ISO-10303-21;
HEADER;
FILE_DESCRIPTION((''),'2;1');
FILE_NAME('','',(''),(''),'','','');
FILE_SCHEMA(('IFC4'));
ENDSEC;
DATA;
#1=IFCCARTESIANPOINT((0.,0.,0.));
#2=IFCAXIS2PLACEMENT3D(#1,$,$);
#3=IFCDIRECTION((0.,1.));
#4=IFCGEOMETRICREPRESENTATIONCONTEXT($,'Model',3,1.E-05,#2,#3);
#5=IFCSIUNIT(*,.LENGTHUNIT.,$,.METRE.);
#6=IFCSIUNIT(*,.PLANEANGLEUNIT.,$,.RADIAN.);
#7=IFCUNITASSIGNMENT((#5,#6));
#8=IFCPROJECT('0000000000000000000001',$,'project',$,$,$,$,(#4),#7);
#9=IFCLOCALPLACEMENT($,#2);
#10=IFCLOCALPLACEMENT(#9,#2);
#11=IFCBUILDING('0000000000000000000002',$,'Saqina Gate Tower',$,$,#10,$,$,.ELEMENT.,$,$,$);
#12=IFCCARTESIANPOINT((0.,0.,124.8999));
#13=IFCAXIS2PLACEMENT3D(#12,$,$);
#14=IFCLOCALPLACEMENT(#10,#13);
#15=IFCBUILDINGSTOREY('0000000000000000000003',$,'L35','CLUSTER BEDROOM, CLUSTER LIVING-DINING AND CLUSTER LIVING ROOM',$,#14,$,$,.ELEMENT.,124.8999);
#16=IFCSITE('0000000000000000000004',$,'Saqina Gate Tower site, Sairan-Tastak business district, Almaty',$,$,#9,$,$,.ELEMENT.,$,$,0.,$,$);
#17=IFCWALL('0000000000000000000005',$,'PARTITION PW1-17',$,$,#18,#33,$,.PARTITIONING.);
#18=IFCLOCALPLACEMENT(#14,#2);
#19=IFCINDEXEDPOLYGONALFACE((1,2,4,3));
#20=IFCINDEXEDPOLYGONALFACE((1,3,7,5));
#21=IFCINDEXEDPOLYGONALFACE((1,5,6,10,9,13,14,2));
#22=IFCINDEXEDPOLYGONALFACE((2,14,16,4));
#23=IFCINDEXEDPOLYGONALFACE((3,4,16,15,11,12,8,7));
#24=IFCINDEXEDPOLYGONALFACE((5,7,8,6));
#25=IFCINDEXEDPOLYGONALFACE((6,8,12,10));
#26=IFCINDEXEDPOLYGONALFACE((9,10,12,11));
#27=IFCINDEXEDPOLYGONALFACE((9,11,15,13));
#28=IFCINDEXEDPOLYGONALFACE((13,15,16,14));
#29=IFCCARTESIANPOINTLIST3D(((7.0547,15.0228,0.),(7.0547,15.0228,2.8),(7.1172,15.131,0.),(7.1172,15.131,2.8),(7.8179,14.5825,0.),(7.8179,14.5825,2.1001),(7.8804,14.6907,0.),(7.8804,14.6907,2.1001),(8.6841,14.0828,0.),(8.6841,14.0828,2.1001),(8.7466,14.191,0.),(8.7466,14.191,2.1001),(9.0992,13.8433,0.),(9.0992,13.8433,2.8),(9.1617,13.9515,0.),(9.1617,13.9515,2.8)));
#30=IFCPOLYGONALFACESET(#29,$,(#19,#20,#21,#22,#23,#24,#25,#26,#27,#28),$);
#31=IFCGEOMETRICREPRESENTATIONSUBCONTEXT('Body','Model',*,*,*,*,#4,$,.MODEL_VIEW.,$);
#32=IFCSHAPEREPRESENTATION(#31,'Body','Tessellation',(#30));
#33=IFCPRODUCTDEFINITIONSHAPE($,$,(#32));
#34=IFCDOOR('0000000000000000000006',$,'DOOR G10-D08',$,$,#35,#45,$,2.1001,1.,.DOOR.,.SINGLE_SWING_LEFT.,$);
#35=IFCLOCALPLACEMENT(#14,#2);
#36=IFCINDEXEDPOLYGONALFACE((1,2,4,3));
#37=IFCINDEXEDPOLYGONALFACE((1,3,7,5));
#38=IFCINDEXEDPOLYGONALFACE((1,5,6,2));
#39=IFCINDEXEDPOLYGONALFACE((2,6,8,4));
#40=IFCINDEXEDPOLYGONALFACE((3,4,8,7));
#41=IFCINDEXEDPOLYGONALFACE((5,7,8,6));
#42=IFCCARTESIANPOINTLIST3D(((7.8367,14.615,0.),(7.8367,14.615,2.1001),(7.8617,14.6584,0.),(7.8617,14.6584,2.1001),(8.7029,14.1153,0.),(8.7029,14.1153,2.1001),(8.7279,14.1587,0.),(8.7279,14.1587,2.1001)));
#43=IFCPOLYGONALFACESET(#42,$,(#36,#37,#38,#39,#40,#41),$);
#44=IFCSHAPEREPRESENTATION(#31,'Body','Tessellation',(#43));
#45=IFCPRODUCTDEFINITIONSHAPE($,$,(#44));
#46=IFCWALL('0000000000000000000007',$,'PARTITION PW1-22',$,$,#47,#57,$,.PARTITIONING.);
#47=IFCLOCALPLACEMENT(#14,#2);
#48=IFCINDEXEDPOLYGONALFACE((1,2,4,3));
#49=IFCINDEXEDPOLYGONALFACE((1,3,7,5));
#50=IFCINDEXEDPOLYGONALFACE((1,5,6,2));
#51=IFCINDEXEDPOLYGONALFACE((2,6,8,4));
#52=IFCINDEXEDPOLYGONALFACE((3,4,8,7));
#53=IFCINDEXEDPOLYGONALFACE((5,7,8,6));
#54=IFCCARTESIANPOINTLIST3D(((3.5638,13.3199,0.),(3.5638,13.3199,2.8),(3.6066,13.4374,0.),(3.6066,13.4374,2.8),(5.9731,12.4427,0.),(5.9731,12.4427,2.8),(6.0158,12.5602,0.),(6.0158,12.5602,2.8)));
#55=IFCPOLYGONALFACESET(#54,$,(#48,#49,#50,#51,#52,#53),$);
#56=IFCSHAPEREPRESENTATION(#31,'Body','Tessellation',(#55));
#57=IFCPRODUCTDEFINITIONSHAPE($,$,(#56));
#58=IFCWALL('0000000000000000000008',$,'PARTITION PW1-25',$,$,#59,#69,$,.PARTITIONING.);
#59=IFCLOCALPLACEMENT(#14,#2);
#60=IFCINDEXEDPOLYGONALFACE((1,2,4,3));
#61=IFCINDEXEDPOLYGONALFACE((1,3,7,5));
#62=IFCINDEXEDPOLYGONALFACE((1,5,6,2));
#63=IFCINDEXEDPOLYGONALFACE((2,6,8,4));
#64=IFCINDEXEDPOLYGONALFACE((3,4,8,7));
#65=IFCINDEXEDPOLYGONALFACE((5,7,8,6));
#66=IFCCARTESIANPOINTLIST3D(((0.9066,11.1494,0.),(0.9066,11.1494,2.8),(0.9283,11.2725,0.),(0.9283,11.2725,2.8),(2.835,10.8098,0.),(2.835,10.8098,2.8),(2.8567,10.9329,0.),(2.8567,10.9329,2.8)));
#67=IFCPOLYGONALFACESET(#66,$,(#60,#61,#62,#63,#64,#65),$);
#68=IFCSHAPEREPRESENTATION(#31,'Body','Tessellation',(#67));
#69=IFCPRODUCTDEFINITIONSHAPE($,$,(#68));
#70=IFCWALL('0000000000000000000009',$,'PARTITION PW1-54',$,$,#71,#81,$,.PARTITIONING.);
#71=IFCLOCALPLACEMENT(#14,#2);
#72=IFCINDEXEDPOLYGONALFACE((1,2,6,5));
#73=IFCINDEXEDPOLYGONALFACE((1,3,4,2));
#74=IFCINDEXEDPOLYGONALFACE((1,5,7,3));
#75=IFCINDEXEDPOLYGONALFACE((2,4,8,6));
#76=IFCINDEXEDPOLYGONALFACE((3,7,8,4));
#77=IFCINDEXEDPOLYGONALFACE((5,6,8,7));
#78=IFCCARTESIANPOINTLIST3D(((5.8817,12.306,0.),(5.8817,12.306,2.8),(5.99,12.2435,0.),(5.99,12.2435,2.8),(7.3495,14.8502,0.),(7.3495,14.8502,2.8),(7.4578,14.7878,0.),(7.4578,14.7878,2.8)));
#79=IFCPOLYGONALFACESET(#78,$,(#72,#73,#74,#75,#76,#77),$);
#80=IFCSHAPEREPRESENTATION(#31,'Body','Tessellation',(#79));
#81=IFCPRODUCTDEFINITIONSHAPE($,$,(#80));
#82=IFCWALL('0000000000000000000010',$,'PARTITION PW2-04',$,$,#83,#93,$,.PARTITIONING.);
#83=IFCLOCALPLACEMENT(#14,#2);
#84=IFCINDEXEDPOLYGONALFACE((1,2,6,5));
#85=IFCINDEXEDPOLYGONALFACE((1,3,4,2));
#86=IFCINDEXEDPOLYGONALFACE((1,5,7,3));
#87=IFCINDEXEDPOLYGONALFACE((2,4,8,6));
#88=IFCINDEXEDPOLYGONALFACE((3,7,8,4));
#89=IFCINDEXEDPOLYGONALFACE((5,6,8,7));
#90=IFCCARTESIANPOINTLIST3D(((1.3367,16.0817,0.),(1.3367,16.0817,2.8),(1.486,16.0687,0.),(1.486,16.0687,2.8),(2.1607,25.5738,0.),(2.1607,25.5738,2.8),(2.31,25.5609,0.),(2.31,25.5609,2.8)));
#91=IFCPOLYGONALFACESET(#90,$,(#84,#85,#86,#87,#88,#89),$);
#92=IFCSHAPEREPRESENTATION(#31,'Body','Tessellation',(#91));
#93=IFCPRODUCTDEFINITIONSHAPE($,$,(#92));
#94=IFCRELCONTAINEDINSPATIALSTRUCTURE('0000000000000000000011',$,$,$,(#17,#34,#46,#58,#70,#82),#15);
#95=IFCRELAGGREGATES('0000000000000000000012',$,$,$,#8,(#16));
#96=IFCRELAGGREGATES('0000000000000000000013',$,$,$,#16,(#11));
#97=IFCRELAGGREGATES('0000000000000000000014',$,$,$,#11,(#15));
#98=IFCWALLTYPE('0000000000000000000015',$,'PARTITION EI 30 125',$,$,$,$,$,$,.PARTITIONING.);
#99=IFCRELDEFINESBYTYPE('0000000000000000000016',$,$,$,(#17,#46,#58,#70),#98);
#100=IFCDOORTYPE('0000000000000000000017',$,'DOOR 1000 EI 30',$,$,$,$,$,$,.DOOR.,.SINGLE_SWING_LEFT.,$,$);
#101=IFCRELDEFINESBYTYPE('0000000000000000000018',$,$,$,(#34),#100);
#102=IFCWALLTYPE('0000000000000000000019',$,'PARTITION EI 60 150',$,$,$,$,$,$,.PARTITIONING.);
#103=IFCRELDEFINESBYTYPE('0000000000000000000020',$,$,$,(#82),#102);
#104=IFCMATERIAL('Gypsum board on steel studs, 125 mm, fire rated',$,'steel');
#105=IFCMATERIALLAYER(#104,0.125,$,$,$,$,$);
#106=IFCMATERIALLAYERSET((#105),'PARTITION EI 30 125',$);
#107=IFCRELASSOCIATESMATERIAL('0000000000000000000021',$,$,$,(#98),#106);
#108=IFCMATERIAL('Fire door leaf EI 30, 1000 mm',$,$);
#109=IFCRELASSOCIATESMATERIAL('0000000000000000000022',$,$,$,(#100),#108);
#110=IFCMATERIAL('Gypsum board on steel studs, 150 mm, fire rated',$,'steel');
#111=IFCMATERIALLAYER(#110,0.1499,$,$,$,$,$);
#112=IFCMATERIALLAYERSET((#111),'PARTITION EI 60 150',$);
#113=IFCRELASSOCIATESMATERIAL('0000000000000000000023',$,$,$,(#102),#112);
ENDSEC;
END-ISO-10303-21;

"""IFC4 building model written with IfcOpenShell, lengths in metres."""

from ifc_helpers import new_model, si_unit, direction, frame, frame_2d, origin, place, context, subcontext, project, spatial, rectangle, extrude, material, layer, layer_set, type_object, element, fill, save


model = new_model("IFC4")

# Units and contexts
model_context = context("Model", 3, precision=1e-05, world=origin(), true_north=direction((0.0, 1.0)))
body_context = subcontext(model_context, "Body", "Model", "MODEL_VIEW")
ifc_project = project(units=[si_unit("LENGTHUNIT", "METRE"), si_unit("PLANEANGLEUNIT", "RADIAN")], contexts=[model_context])

# Site, building, storey
site_placement = place(None, origin())
site = spatial("IfcSite", under=ifc_project, at=site_placement, Name="Saqina Gate Tower site, Sairan-Tastak business district, Almaty", CompositionType="ELEMENT", RefElevation=0.0)
building_placement = place(site_placement, origin())
building = spatial("IfcBuilding", under=site, at=building_placement, Name="Saqina Gate Tower", CompositionType="ELEMENT")
storey_placement = place(building_placement, frame((0.0, 0.0, 124.8999)))
storey = spatial("IfcBuildingStorey", under=building, at=storey_placement, Name="L35", Description="CLUSTER BEDROOM, CLUSTER LIVING-DINING AND CLUSTER LIVING ROOM", CompositionType="ELEMENT", Elevation=124.8999)

# Shared definitions
ifc_material_1 = material(Name="Gypsum board on steel studs, 125 mm, fire rated", Category="steel")
ifc_layer_1 = layer(ifc_material_1, 0.125)
ifc_layer_set_1 = layer_set([ifc_layer_1], Name="PARTITION EI 30 125")
wall_type_1 = type_object("IfcWallType", Name="PARTITION EI 30 125", PredefinedType="PARTITIONING", material=ifc_layer_set_1)

# Wall, opening, door
wall_1_placement = place(storey_placement, frame((7.0859, 15.0769, 0.0), z_axis=(0.0, 0.0, 1.0), x_axis=(0.866192, -0.499711, 0.0)))
wall_1 = element("IfcWall", 1, at=wall_1_placement, inside=storey, type_object=wall_type_1, Name="PARTITION PW1-17", PredefinedType="PARTITIONING", context=body_context, shape_type="SweptSolid", body=[
    extrude(rectangle(XDim=2.3604, YDim=0.125, at=frame_2d((1.1802, 0.0))), origin(), (0.0, 0.0, 1.0), 2.8),
])
opening_1_placement = place(wall_1_placement, frame((0.8811, 0.0, 0.0)))
opening_1 = element("IfcOpeningElement", 2, at=opening_1_placement, cuts=wall_1, PredefinedType="OPENING", context=body_context, shape_type="SweptSolid", body=[
    extrude(rectangle(XDim=1.0, YDim=2.1001, at=frame_2d((0.5, 1.05))), frame((0.0, 0.0745, 0.0), z_axis=(0.0, -1.0, 0.0), x_axis=(1.0, 0.0, 0.0)), (0.0, 0.0, 1.0), 0.1489),
])
ifc_material_2 = material(Name="Fire door leaf EI 30, 1000 mm")
door_type_1 = type_object("IfcDoorType", Name="DOOR 1000 EI 30", OperationType="SINGLE_SWING_LEFT", PredefinedType="DOOR", material=ifc_material_2)
door_1_placement = place(opening_1_placement, frame((1.0, 0.0, 0.0), z_axis=(0.0, 0.0, 1.0), x_axis=(-1.0, 0.0, 0.0)))
door_1 = element("IfcDoor", 3, at=door_1_placement, inside=storey, type_object=door_type_1, Name="DOOR G10-D08", OperationType="SINGLE_SWING_LEFT", OverallHeight=2.1001, OverallWidth=1.0, PredefinedType="DOOR", context=body_context, shape_type="SweptSolid", body=[
    extrude(rectangle(XDim=1.0, YDim=2.1001, at=frame_2d((0.5, 1.05))), frame((0.0, 0.0249, 0.0), z_axis=(0.0, -1.0, 0.0), x_axis=(1.0, 0.0, 0.0)), (0.0, 0.0, 1.0), 0.05),
])
fill(opening_1, door_1)

# Walls
wall_2_placement = place(storey_placement, frame((3.5852, 13.3787, 0.0), z_axis=(0.0, 0.0, 1.0), x_axis=(0.939652, -0.342133, 0.0)))
element("IfcWall", 4, at=wall_2_placement, inside=storey, type_object=wall_type_1, Name="PARTITION PW1-22", PredefinedType="PARTITIONING", context=body_context, shape_type="SweptSolid", body=[
    extrude(rectangle(XDim=2.564, YDim=0.125, at=frame_2d((1.282, 0.0))), origin(), (0.0, 0.0, 1.0), 2.8),
])
wall_3_placement = place(storey_placement, frame((0.9175, 11.2109, 0.0), z_axis=(0.0, 0.0, 1.0), x_axis=(0.984843, -0.173451, 0.0)))
element("IfcWall", 5, at=wall_3_placement, inside=storey, type_object=wall_type_1, Name="PARTITION PW1-25", PredefinedType="PARTITIONING", context=body_context, shape_type="SweptSolid", body=[
    extrude(rectangle(XDim=1.958, YDim=0.125, at=frame_2d((0.979, 0.0))), origin(), (0.0, 0.0, 1.0), 2.8),
])
wall_4_placement = place(storey_placement, frame((5.9358, 12.2747, 0.0), z_axis=(0.0, 0.0, 1.0), x_axis=(0.499715, 0.86619, 0.0)))
element("IfcWall", 6, at=wall_4_placement, inside=storey, type_object=wall_type_1, Name="PARTITION PW1-54", PredefinedType="PARTITIONING", context=body_context, shape_type="SweptSolid", body=[
    extrude(rectangle(XDim=2.9373, YDim=0.125, at=frame_2d((1.4688, 0.0))), origin(), (0.0, 0.0, 1.0), 2.8),
])
ifc_material_3 = material(Name="Gypsum board on steel studs, 150 mm, fire rated", Category="steel")
ifc_layer_2 = layer(ifc_material_3, 0.1499)
ifc_layer_set_2 = layer_set([ifc_layer_2], Name="PARTITION EI 60 150")
wall_type_2 = type_object("IfcWallType", Name="PARTITION EI 60 150", PredefinedType="PARTITIONING", material=ifc_layer_set_2)
wall_5_placement = place(storey_placement, frame((1.4114, 16.0752, 0.0), z_axis=(0.0, 0.0, 1.0), x_axis=(0.08648, 0.996254, 0.0)))
element("IfcWall", 7, at=wall_5_placement, inside=storey, type_object=wall_type_2, Name="PARTITION PW2-04", PredefinedType="PARTITIONING", context=body_context, shape_type="SweptSolid", body=[
    extrude(rectangle(XDim=9.5278, YDim=0.1499, at=frame_2d((4.7639, 0.0))), origin(), (0.0, 0.0, 1.0), 2.8),
])

save(model, "model.ifc")
